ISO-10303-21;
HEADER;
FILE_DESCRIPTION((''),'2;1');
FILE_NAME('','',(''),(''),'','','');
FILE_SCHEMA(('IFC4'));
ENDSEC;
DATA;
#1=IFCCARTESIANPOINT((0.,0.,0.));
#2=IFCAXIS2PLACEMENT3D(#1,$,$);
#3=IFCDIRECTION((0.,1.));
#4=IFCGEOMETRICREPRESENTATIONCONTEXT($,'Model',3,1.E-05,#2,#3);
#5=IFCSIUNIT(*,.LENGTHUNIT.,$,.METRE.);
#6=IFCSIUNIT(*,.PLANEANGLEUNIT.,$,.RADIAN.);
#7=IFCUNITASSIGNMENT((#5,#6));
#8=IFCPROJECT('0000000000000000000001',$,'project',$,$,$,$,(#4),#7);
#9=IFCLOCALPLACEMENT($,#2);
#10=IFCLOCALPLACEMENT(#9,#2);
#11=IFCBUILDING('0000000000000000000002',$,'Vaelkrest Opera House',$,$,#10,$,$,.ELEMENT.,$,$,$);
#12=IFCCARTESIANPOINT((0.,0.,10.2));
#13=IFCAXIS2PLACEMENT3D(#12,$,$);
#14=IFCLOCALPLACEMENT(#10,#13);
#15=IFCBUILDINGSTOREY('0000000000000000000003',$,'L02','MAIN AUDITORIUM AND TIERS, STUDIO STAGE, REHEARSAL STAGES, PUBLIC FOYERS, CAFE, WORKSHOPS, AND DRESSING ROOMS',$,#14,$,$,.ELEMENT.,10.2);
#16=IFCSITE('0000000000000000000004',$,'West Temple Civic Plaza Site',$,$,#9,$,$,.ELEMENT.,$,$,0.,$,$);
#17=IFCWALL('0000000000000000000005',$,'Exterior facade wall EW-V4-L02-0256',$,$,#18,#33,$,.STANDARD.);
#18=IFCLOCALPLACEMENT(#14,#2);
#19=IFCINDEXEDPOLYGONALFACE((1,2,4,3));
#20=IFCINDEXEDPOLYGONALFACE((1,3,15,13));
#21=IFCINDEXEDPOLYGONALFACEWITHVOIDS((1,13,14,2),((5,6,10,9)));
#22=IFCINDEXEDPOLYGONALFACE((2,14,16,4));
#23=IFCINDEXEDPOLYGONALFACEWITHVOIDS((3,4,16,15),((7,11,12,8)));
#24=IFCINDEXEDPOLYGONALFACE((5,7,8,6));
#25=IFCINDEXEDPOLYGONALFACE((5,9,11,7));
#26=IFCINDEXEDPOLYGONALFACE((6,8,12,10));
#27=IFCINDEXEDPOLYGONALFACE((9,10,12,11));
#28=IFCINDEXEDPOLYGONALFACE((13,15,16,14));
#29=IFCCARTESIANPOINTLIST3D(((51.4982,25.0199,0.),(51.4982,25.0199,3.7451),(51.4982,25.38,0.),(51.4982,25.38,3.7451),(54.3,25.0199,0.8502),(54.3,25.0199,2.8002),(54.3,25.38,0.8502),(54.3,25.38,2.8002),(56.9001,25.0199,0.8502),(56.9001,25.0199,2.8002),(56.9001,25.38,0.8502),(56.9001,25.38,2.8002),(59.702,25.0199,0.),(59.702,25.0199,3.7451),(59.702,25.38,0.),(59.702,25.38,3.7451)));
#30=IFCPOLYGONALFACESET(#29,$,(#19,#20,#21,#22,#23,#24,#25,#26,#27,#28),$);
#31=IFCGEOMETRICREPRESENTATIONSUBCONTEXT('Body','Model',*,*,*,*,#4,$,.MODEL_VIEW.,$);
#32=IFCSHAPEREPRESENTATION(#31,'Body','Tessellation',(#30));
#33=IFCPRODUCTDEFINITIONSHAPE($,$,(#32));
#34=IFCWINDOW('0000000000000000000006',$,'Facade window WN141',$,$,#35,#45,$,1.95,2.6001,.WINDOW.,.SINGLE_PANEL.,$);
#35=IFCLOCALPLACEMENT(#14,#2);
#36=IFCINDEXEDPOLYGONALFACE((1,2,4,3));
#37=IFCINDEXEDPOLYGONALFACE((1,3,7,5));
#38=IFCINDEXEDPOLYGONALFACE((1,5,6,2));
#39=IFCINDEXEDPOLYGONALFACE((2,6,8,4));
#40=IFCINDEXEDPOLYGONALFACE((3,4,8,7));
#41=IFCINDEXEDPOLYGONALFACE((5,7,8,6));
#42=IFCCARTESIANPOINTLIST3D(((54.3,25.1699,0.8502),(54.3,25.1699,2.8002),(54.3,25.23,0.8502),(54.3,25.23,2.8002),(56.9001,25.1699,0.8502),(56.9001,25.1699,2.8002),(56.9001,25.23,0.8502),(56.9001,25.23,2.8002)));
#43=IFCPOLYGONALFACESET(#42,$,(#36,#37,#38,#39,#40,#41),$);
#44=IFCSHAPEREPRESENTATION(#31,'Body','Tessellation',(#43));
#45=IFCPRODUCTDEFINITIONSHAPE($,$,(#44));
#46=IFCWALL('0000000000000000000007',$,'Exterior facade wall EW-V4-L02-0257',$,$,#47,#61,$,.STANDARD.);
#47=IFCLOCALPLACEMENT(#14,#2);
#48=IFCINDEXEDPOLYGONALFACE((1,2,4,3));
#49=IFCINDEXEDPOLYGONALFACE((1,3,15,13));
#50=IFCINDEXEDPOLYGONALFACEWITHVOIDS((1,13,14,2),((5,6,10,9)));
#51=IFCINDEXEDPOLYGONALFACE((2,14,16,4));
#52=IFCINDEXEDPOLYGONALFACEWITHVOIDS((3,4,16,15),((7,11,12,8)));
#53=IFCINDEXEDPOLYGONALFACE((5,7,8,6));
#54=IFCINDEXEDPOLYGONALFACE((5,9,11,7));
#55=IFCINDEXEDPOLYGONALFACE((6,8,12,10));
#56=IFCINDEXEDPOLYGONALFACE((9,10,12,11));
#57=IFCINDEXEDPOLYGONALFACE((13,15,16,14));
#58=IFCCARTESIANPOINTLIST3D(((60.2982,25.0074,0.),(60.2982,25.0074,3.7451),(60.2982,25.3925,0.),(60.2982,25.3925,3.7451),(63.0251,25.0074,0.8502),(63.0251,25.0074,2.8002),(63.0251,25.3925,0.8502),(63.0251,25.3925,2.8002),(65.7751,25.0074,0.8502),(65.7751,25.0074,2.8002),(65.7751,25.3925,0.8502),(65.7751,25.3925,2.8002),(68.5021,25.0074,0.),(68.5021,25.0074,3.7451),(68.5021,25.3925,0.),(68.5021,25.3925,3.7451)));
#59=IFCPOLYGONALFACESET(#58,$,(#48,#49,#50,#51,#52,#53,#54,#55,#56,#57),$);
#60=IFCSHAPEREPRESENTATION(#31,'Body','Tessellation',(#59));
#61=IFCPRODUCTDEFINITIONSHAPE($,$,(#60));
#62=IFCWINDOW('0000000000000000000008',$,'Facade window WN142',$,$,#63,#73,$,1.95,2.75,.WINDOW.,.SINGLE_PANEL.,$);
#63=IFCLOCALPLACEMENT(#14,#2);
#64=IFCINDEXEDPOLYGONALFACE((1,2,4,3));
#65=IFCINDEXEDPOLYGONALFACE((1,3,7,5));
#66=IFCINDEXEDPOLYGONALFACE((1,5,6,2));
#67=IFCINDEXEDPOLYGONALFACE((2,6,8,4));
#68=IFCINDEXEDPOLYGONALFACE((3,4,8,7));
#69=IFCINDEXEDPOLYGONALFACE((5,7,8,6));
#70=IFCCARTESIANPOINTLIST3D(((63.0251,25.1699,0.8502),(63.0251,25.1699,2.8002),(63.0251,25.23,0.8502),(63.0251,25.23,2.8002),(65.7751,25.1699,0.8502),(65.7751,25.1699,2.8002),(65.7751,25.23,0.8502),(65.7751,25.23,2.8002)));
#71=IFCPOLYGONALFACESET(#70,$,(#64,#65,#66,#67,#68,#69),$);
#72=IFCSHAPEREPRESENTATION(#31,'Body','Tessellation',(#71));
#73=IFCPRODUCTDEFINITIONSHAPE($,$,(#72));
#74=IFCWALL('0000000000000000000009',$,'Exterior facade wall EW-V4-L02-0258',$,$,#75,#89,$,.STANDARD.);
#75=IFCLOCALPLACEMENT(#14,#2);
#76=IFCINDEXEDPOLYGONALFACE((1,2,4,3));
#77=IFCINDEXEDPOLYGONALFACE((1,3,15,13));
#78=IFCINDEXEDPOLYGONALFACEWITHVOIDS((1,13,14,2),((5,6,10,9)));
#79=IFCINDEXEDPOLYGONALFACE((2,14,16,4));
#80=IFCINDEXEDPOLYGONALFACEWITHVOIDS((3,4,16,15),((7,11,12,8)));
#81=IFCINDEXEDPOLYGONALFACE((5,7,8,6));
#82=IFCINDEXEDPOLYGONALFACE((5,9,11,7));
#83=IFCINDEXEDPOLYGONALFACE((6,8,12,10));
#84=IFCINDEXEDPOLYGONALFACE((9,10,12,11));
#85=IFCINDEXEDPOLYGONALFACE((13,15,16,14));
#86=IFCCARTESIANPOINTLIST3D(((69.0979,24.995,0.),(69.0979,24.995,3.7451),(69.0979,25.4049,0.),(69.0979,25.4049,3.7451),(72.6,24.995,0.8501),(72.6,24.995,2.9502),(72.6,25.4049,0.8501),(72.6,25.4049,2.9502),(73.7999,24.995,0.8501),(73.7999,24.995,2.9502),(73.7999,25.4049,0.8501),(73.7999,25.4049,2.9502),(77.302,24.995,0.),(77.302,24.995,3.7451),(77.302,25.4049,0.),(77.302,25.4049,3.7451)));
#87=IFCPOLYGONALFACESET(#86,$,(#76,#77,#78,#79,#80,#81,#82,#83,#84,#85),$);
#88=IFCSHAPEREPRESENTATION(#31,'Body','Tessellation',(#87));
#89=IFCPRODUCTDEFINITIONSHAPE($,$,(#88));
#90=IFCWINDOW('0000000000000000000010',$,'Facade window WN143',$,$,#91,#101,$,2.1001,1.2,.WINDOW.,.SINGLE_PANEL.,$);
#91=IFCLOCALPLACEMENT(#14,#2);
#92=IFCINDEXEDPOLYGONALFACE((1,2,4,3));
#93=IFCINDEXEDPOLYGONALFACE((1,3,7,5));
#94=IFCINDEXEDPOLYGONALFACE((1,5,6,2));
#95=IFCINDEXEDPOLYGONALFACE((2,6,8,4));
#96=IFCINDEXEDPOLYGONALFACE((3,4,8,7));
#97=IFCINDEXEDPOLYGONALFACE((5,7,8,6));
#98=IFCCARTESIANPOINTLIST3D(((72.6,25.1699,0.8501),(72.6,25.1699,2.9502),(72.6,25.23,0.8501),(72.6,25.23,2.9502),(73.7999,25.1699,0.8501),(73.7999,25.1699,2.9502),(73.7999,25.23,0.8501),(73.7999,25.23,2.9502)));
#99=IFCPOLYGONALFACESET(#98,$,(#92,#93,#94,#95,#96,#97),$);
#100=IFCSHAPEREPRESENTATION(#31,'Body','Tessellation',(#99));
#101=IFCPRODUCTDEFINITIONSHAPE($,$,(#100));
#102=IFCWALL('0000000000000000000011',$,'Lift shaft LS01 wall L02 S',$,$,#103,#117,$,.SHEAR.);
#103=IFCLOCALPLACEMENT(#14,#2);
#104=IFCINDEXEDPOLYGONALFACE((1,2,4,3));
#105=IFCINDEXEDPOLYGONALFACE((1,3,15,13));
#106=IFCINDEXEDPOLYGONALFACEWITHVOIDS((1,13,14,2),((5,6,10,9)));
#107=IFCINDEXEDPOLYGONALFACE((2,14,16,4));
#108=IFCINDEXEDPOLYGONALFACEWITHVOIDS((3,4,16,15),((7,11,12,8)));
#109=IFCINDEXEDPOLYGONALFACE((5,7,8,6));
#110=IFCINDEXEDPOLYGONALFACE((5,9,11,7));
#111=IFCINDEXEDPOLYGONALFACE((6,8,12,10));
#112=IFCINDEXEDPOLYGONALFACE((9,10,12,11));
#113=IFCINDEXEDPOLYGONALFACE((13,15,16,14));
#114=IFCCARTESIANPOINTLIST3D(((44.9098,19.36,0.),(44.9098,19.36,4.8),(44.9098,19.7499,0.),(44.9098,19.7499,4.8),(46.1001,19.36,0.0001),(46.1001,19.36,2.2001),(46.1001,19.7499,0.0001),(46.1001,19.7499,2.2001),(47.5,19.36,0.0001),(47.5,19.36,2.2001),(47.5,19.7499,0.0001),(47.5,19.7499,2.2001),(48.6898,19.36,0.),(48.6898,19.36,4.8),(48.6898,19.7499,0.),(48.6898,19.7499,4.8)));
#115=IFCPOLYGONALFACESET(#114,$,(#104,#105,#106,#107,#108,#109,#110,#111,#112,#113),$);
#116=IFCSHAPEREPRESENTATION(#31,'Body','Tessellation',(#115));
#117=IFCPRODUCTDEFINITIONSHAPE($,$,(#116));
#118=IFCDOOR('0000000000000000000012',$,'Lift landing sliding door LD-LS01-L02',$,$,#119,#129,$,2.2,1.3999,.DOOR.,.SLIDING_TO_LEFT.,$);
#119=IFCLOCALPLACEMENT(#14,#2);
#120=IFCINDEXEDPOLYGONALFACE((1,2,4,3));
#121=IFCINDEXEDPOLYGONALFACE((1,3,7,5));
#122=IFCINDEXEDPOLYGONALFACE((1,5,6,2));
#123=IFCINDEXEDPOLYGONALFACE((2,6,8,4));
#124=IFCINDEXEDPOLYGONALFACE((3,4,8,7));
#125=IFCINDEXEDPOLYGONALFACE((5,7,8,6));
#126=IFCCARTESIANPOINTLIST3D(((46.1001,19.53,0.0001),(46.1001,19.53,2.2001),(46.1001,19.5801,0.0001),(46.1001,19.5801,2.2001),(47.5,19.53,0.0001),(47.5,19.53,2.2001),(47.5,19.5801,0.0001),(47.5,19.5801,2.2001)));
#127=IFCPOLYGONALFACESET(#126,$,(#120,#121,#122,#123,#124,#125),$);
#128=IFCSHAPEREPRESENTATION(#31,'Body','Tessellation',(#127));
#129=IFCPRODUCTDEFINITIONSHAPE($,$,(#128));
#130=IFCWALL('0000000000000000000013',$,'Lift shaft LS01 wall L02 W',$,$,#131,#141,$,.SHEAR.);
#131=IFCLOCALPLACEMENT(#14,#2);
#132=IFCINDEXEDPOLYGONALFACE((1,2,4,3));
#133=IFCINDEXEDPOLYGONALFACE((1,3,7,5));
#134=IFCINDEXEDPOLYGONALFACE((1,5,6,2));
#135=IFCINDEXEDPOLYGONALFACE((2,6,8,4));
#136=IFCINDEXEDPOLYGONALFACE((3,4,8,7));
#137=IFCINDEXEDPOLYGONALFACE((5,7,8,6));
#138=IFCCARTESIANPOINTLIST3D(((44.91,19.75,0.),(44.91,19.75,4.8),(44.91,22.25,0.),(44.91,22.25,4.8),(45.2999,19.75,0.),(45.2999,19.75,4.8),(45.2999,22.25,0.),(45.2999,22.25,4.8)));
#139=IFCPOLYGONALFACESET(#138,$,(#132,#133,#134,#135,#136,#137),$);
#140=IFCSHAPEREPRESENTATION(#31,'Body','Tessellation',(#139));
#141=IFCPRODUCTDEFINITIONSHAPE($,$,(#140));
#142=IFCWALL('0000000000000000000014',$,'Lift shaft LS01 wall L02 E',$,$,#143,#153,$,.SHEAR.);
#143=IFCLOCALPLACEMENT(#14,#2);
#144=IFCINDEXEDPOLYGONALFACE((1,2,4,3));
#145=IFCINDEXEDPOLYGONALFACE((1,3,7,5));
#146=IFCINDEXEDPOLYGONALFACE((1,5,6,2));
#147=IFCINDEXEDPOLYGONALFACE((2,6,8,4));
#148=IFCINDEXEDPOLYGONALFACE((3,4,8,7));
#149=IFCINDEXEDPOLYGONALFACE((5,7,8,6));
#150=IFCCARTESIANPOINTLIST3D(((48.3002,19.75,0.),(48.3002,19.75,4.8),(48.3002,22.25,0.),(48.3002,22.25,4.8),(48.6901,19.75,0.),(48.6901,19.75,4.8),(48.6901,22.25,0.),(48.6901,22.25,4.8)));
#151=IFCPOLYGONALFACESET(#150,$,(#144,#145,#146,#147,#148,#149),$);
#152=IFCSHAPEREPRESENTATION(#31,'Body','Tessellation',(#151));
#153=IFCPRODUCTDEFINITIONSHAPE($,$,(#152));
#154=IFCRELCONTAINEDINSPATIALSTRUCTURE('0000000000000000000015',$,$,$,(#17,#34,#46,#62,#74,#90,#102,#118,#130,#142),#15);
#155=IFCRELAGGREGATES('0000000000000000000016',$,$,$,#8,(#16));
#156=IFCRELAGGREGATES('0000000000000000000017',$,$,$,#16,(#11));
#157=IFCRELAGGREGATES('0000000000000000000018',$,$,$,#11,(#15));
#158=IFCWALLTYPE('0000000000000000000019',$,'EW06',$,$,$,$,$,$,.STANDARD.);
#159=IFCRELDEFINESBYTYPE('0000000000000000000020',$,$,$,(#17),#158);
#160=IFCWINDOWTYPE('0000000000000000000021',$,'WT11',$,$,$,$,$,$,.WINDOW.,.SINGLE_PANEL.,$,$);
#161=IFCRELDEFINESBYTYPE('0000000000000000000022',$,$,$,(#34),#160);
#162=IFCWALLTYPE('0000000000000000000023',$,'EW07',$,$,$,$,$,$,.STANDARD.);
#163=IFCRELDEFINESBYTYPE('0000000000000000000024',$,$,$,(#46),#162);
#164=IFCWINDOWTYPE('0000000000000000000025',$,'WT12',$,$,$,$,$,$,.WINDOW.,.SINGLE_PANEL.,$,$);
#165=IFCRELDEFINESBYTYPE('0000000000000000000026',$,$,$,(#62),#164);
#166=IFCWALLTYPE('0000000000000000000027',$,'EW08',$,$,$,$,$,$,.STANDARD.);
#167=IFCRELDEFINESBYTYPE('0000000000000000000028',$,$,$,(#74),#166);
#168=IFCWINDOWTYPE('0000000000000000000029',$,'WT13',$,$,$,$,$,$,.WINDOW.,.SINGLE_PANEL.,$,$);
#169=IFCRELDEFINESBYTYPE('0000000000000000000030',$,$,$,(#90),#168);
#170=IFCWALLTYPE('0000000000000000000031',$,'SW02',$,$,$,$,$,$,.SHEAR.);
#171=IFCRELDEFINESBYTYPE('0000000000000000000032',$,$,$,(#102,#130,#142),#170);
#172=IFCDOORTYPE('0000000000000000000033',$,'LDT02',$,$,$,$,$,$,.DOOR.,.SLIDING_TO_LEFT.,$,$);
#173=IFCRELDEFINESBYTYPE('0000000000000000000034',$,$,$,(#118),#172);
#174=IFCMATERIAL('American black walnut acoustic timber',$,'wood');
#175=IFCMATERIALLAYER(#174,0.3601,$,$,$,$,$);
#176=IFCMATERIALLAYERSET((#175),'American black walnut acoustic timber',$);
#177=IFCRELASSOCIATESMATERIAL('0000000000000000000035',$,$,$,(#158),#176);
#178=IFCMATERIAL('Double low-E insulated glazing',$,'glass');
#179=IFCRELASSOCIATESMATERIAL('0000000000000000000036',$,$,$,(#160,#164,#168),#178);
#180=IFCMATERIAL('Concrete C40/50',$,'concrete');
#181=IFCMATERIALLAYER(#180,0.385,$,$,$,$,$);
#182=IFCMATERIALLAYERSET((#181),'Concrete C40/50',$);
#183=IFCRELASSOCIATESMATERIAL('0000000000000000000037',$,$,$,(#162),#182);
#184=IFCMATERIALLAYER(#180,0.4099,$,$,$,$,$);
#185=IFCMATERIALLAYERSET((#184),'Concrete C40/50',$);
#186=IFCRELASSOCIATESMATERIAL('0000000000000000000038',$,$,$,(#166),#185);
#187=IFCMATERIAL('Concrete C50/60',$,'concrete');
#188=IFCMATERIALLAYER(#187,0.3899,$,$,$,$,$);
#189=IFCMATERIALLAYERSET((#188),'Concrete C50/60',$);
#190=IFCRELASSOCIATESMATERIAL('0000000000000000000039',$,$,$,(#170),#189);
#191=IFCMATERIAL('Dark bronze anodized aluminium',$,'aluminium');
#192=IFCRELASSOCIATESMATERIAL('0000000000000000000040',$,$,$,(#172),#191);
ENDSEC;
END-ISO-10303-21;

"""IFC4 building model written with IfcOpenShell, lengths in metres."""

from ifc_helpers import new_model, si_unit, direction, frame, frame_2d, origin, place, context, subcontext, project, spatial, rectangle, extrude, material, layer, layer_set, type_object, element, fill, save


model = new_model("IFC4")

# Units and contexts
model_context = context("Model", 3, precision=1e-05, world=origin(), true_north=direction((0.0, 1.0)))
body_context = subcontext(model_context, "Body", "Model", "MODEL_VIEW")
ifc_project = project(units=[si_unit("LENGTHUNIT", "METRE"), si_unit("PLANEANGLEUNIT", "RADIAN")], contexts=[model_context])

# Site, building, storey
site_placement = place(None, origin())
site = spatial("IfcSite", under=ifc_project, at=site_placement, Name="West Temple Civic Plaza Site", CompositionType="ELEMENT", RefElevation=0.0)
building_placement = place(site_placement, origin())
building = spatial("IfcBuilding", under=site, at=building_placement, Name="Vaelkrest Opera House", CompositionType="ELEMENT")
storey_placement = place(building_placement, frame((0.0, 0.0, 10.2)))
storey = spatial("IfcBuildingStorey", under=building, at=storey_placement, Name="L02", Description="MAIN AUDITORIUM AND TIERS, STUDIO STAGE, REHEARSAL STAGES, PUBLIC FOYERS, CAFE, WORKSHOPS, AND DRESSING ROOMS", CompositionType="ELEMENT", Elevation=10.2)

# Shared definitions
ifc_material_1 = material(Name="Concrete C50/60", Category="concrete")

# Walls, openings, windows
ifc_material_2 = material(Name="American black walnut acoustic timber", Category="wood")
ifc_layer_1 = layer(ifc_material_2, 0.3601)
ifc_layer_set_1 = layer_set([ifc_layer_1], Name="American black walnut acoustic timber")
wall_type_1 = type_object("IfcWallType", Name="EW06", PredefinedType="STANDARD", material=ifc_layer_set_1)
wall_1_placement = place(storey_placement, frame((51.498, 25.2, 0.0), z_axis=(0.0, 0.0, 1.0), x_axis=(1.0, 0.0, 0.0)))
wall_1 = element("IfcWall", 1, at=wall_1_placement, inside=storey, type_object=wall_type_1, Name="Exterior facade wall EW-V4-L02-0256", PredefinedType="STANDARD", context=body_context, shape_type="SweptSolid", body=[
    extrude(rectangle(XDim=8.2039, YDim=0.3601, at=frame_2d((4.1021, 0.0))), origin(), (0.0, 0.0, 1.0), 3.7451),
])
opening_1_placement = place(wall_1_placement, frame((2.802, 0.0, 0.8501)))
opening_1 = element("IfcOpeningElement", 2, at=opening_1_placement, cuts=wall_1, PredefinedType="OPENING", context=body_context, shape_type="SweptSolid", body=[
    extrude(rectangle(XDim=2.6001, YDim=1.95, at=frame_2d((1.3, 0.9751))), frame((0.0, 0.1899, 0.0), z_axis=(0.0, -1.0, 0.0), x_axis=(1.0, 0.0, 0.0)), (0.0, 0.0, 1.0), 0.3801),
])
ifc_material_3 = material(Name="Double low-E insulated glazing", Category="glass")
window_type_1 = type_object("IfcWindowType", Name="WT11", PartitioningType="SINGLE_PANEL", PredefinedType="WINDOW", material=ifc_material_3)
window_1_placement = place(opening_1_placement, origin())
window_1 = element("IfcWindow", 3, at=window_1_placement, inside=storey, type_object=window_type_1, Name="Facade window WN141", OverallHeight=1.95, OverallWidth=2.6001, PartitioningType="SINGLE_PANEL", PredefinedType="WINDOW", context=body_context, shape_type="SweptSolid", body=[
    extrude(rectangle(XDim=2.6001, YDim=1.95, at=frame_2d((1.3, 0.9751))), frame((0.0, 0.03, 0.0), z_axis=(0.0, -1.0, 0.0), x_axis=(1.0, 0.0, 0.0)), (0.0, 0.0, 1.0), 0.0601),
])
fill(opening_1, window_1)
ifc_material_4 = material(Name="Concrete C40/50", Category="concrete")
ifc_layer_2 = layer(ifc_material_4, 0.385)
ifc_layer_set_2 = layer_set([ifc_layer_2], Name="Concrete C40/50")
wall_type_2 = type_object("IfcWallType", Name="EW07", PredefinedType="STANDARD", material=ifc_layer_set_2)
wall_2_placement = place(storey_placement, frame((60.2981, 25.2, 0.0), z_axis=(0.0, 0.0, 1.0), x_axis=(1.0, 0.0, 0.0)))
wall_2 = element("IfcWall", 4, at=wall_2_placement, inside=storey, type_object=wall_type_2, Name="Exterior facade wall EW-V4-L02-0257", PredefinedType="STANDARD", context=body_context, shape_type="SweptSolid", body=[
    extrude(rectangle(XDim=8.2039, YDim=0.385, at=frame_2d((4.1021, 0.0))), origin(), (0.0, 0.0, 1.0), 3.7451),
])
opening_2_placement = place(wall_2_placement, frame((2.7271, 0.0, 0.8501)))
opening_2 = element("IfcOpeningElement", 5, at=opening_2_placement, cuts=wall_2, PredefinedType="OPENING", context=body_context, shape_type="SweptSolid", body=[
    extrude(rectangle(XDim=2.75, YDim=1.95, at=frame_2d((1.375, 0.9751))), frame((0.0, 0.2024, 0.0), z_axis=(0.0, -1.0, 0.0), x_axis=(1.0, 0.0, 0.0)), (0.0, 0.0, 1.0), 0.405),
])
window_type_2 = type_object("IfcWindowType", Name="WT12", PartitioningType="SINGLE_PANEL", PredefinedType="WINDOW", material=ifc_material_3)
window_2_placement = place(opening_2_placement, origin())
window_2 = element("IfcWindow", 6, at=window_2_placement, inside=storey, type_object=window_type_2, Name="Facade window WN142", OverallHeight=1.95, OverallWidth=2.75, PartitioningType="SINGLE_PANEL", PredefinedType="WINDOW", context=body_context, shape_type="SweptSolid", body=[
    extrude(rectangle(XDim=2.75, YDim=1.95, at=frame_2d((1.375, 0.9751))), frame((0.0, 0.03, 0.0), z_axis=(0.0, -1.0, 0.0), x_axis=(1.0, 0.0, 0.0)), (0.0, 0.0, 1.0), 0.0601),
])
fill(opening_2, window_2)
ifc_layer_3 = layer(ifc_material_4, 0.4099)
ifc_layer_set_3 = layer_set([ifc_layer_3], Name="Concrete C40/50")
wall_type_3 = type_object("IfcWallType", Name="EW08", PredefinedType="STANDARD", material=ifc_layer_set_3)
wall_3_placement = place(storey_placement, frame((69.0979, 25.2, 0.0), z_axis=(0.0, 0.0, 1.0), x_axis=(1.0, 0.0, 0.0)))
wall_3 = element("IfcWall", 7, at=wall_3_placement, inside=storey, type_object=wall_type_3, Name="Exterior facade wall EW-V4-L02-0258", PredefinedType="STANDARD", context=body_context, shape_type="SweptSolid", body=[
    extrude(rectangle(XDim=8.2041, YDim=0.4099, at=frame_2d((4.1021, 0.0))), origin(), (0.0, 0.0, 1.0), 3.7451),
])
opening_3_placement = place(wall_3_placement, frame((3.502, 0.0, 0.8501)))
opening_3 = element("IfcOpeningElement", 8, at=opening_3_placement, cuts=wall_3, PredefinedType="OPENING", context=body_context, shape_type="SweptSolid", body=[
    extrude(rectangle(XDim=1.2, YDim=2.1001, at=frame_2d((0.6001, 1.05))), frame((0.0, 0.2148, 0.0), z_axis=(0.0, -1.0, 0.0), x_axis=(1.0, 0.0, 0.0)), (0.0, 0.0, 1.0), 0.4299),
])
window_type_3 = type_object("IfcWindowType", Name="WT13", PartitioningType="SINGLE_PANEL", PredefinedType="WINDOW", material=ifc_material_3)
window_3_placement = place(opening_3_placement, origin())
window_3 = element("IfcWindow", 9, at=window_3_placement, inside=storey, type_object=window_type_3, Name="Facade window WN143", OverallHeight=2.1001, OverallWidth=1.2, PartitioningType="SINGLE_PANEL", PredefinedType="WINDOW", context=body_context, shape_type="SweptSolid", body=[
    extrude(rectangle(XDim=1.2, YDim=2.1001, at=frame_2d((0.6001, 1.05))), frame((0.0, 0.03, 0.0), z_axis=(0.0, -1.0, 0.0), x_axis=(1.0, 0.0, 0.0)), (0.0, 0.0, 1.0), 0.0601),
])
fill(opening_3, window_3)

# Wall, opening, door
ifc_layer_4 = layer(ifc_material_1, 0.3899)
ifc_layer_set_4 = layer_set([ifc_layer_4], Name="Concrete C50/60")
wall_type_4 = type_object("IfcWallType", Name="SW02", PredefinedType="SHEAR", material=ifc_layer_set_4)
wall_4_placement = place(storey_placement, frame((48.6899, 19.5549, 0.0), z_axis=(0.0, 0.0, 1.0), x_axis=(-1.0, 0.0, 0.0)))
wall_4 = element("IfcWall", 10, at=wall_4_placement, inside=storey, type_object=wall_type_4, Name="Lift shaft LS01 wall L02 S", PredefinedType="SHEAR", context=body_context, shape_type="SweptSolid", body=[
    extrude(rectangle(XDim=3.78, YDim=0.3899, at=frame_2d((1.8901, 0.0))), origin(), (0.0, 0.0, 1.0), 4.8),
])
opening_4_placement = place(wall_4_placement, frame((1.1899, 0.0, 0.0)))
opening_4 = element("IfcOpeningElement", 11, at=opening_4_placement, cuts=wall_4, PredefinedType="OPENING", context=body_context, shape_type="SweptSolid", body=[
    extrude(rectangle(XDim=1.3999, YDim=2.2, at=frame_2d((0.7, 1.1001))), frame((0.0, 0.2048, 0.0), z_axis=(0.0, -1.0, 0.0), x_axis=(1.0, 0.0, 0.0)), (0.0, 0.0, 1.0), 0.4099),
])
ifc_material_5 = material(Name="Dark bronze anodized aluminium", Category="aluminium")
door_type = type_object("IfcDoorType", Name="LDT02", OperationType="SLIDING_TO_LEFT", PredefinedType="DOOR", material=ifc_material_5)
door_placement = place(opening_4_placement, origin())
door = element("IfcDoor", 12, at=door_placement, inside=storey, type_object=door_type, Name="Lift landing sliding door LD-LS01-L02", OperationType="SLIDING_TO_LEFT", OverallHeight=2.2, OverallWidth=1.3999, PredefinedType="DOOR", context=body_context, shape_type="SweptSolid", body=[
    extrude(rectangle(XDim=1.3999, YDim=2.2, at=frame_2d((0.7, 1.1001))), frame((0.0, 0.0249, 0.0), z_axis=(0.0, -1.0, 0.0), x_axis=(1.0, 0.0, 0.0)), (0.0, 0.0, 1.0), 0.05),
])
fill(opening_4, door)

# Walls
for number, where, z_axis, x_axis, name in (
    (13, (45.105, 19.75, 0.0), (0.0, 0.0, 1.0), (0.0, 1.0, 0.0), "Lift shaft LS01 wall L02 W"),
    (14, (48.4951, 22.25, 0.0), (0.0, 0.0, 1.0), (0.0, -1.0, 0.0), "Lift shaft LS01 wall L02 E"),
):
    element("IfcWall", number, at=place(storey_placement, frame(where, z_axis=z_axis, x_axis=x_axis)), inside=storey, type_object=wall_type_4, Name=name, PredefinedType="SHEAR", context=body_context, shape_type="SweptSolid", body=[
        extrude(rectangle(XDim=2.5, YDim=0.3899, at=frame_2d((1.25, 0.0))), origin(), (0.0, 0.0, 1.0), 4.8),
    ])

save(model, "model.ifc")
